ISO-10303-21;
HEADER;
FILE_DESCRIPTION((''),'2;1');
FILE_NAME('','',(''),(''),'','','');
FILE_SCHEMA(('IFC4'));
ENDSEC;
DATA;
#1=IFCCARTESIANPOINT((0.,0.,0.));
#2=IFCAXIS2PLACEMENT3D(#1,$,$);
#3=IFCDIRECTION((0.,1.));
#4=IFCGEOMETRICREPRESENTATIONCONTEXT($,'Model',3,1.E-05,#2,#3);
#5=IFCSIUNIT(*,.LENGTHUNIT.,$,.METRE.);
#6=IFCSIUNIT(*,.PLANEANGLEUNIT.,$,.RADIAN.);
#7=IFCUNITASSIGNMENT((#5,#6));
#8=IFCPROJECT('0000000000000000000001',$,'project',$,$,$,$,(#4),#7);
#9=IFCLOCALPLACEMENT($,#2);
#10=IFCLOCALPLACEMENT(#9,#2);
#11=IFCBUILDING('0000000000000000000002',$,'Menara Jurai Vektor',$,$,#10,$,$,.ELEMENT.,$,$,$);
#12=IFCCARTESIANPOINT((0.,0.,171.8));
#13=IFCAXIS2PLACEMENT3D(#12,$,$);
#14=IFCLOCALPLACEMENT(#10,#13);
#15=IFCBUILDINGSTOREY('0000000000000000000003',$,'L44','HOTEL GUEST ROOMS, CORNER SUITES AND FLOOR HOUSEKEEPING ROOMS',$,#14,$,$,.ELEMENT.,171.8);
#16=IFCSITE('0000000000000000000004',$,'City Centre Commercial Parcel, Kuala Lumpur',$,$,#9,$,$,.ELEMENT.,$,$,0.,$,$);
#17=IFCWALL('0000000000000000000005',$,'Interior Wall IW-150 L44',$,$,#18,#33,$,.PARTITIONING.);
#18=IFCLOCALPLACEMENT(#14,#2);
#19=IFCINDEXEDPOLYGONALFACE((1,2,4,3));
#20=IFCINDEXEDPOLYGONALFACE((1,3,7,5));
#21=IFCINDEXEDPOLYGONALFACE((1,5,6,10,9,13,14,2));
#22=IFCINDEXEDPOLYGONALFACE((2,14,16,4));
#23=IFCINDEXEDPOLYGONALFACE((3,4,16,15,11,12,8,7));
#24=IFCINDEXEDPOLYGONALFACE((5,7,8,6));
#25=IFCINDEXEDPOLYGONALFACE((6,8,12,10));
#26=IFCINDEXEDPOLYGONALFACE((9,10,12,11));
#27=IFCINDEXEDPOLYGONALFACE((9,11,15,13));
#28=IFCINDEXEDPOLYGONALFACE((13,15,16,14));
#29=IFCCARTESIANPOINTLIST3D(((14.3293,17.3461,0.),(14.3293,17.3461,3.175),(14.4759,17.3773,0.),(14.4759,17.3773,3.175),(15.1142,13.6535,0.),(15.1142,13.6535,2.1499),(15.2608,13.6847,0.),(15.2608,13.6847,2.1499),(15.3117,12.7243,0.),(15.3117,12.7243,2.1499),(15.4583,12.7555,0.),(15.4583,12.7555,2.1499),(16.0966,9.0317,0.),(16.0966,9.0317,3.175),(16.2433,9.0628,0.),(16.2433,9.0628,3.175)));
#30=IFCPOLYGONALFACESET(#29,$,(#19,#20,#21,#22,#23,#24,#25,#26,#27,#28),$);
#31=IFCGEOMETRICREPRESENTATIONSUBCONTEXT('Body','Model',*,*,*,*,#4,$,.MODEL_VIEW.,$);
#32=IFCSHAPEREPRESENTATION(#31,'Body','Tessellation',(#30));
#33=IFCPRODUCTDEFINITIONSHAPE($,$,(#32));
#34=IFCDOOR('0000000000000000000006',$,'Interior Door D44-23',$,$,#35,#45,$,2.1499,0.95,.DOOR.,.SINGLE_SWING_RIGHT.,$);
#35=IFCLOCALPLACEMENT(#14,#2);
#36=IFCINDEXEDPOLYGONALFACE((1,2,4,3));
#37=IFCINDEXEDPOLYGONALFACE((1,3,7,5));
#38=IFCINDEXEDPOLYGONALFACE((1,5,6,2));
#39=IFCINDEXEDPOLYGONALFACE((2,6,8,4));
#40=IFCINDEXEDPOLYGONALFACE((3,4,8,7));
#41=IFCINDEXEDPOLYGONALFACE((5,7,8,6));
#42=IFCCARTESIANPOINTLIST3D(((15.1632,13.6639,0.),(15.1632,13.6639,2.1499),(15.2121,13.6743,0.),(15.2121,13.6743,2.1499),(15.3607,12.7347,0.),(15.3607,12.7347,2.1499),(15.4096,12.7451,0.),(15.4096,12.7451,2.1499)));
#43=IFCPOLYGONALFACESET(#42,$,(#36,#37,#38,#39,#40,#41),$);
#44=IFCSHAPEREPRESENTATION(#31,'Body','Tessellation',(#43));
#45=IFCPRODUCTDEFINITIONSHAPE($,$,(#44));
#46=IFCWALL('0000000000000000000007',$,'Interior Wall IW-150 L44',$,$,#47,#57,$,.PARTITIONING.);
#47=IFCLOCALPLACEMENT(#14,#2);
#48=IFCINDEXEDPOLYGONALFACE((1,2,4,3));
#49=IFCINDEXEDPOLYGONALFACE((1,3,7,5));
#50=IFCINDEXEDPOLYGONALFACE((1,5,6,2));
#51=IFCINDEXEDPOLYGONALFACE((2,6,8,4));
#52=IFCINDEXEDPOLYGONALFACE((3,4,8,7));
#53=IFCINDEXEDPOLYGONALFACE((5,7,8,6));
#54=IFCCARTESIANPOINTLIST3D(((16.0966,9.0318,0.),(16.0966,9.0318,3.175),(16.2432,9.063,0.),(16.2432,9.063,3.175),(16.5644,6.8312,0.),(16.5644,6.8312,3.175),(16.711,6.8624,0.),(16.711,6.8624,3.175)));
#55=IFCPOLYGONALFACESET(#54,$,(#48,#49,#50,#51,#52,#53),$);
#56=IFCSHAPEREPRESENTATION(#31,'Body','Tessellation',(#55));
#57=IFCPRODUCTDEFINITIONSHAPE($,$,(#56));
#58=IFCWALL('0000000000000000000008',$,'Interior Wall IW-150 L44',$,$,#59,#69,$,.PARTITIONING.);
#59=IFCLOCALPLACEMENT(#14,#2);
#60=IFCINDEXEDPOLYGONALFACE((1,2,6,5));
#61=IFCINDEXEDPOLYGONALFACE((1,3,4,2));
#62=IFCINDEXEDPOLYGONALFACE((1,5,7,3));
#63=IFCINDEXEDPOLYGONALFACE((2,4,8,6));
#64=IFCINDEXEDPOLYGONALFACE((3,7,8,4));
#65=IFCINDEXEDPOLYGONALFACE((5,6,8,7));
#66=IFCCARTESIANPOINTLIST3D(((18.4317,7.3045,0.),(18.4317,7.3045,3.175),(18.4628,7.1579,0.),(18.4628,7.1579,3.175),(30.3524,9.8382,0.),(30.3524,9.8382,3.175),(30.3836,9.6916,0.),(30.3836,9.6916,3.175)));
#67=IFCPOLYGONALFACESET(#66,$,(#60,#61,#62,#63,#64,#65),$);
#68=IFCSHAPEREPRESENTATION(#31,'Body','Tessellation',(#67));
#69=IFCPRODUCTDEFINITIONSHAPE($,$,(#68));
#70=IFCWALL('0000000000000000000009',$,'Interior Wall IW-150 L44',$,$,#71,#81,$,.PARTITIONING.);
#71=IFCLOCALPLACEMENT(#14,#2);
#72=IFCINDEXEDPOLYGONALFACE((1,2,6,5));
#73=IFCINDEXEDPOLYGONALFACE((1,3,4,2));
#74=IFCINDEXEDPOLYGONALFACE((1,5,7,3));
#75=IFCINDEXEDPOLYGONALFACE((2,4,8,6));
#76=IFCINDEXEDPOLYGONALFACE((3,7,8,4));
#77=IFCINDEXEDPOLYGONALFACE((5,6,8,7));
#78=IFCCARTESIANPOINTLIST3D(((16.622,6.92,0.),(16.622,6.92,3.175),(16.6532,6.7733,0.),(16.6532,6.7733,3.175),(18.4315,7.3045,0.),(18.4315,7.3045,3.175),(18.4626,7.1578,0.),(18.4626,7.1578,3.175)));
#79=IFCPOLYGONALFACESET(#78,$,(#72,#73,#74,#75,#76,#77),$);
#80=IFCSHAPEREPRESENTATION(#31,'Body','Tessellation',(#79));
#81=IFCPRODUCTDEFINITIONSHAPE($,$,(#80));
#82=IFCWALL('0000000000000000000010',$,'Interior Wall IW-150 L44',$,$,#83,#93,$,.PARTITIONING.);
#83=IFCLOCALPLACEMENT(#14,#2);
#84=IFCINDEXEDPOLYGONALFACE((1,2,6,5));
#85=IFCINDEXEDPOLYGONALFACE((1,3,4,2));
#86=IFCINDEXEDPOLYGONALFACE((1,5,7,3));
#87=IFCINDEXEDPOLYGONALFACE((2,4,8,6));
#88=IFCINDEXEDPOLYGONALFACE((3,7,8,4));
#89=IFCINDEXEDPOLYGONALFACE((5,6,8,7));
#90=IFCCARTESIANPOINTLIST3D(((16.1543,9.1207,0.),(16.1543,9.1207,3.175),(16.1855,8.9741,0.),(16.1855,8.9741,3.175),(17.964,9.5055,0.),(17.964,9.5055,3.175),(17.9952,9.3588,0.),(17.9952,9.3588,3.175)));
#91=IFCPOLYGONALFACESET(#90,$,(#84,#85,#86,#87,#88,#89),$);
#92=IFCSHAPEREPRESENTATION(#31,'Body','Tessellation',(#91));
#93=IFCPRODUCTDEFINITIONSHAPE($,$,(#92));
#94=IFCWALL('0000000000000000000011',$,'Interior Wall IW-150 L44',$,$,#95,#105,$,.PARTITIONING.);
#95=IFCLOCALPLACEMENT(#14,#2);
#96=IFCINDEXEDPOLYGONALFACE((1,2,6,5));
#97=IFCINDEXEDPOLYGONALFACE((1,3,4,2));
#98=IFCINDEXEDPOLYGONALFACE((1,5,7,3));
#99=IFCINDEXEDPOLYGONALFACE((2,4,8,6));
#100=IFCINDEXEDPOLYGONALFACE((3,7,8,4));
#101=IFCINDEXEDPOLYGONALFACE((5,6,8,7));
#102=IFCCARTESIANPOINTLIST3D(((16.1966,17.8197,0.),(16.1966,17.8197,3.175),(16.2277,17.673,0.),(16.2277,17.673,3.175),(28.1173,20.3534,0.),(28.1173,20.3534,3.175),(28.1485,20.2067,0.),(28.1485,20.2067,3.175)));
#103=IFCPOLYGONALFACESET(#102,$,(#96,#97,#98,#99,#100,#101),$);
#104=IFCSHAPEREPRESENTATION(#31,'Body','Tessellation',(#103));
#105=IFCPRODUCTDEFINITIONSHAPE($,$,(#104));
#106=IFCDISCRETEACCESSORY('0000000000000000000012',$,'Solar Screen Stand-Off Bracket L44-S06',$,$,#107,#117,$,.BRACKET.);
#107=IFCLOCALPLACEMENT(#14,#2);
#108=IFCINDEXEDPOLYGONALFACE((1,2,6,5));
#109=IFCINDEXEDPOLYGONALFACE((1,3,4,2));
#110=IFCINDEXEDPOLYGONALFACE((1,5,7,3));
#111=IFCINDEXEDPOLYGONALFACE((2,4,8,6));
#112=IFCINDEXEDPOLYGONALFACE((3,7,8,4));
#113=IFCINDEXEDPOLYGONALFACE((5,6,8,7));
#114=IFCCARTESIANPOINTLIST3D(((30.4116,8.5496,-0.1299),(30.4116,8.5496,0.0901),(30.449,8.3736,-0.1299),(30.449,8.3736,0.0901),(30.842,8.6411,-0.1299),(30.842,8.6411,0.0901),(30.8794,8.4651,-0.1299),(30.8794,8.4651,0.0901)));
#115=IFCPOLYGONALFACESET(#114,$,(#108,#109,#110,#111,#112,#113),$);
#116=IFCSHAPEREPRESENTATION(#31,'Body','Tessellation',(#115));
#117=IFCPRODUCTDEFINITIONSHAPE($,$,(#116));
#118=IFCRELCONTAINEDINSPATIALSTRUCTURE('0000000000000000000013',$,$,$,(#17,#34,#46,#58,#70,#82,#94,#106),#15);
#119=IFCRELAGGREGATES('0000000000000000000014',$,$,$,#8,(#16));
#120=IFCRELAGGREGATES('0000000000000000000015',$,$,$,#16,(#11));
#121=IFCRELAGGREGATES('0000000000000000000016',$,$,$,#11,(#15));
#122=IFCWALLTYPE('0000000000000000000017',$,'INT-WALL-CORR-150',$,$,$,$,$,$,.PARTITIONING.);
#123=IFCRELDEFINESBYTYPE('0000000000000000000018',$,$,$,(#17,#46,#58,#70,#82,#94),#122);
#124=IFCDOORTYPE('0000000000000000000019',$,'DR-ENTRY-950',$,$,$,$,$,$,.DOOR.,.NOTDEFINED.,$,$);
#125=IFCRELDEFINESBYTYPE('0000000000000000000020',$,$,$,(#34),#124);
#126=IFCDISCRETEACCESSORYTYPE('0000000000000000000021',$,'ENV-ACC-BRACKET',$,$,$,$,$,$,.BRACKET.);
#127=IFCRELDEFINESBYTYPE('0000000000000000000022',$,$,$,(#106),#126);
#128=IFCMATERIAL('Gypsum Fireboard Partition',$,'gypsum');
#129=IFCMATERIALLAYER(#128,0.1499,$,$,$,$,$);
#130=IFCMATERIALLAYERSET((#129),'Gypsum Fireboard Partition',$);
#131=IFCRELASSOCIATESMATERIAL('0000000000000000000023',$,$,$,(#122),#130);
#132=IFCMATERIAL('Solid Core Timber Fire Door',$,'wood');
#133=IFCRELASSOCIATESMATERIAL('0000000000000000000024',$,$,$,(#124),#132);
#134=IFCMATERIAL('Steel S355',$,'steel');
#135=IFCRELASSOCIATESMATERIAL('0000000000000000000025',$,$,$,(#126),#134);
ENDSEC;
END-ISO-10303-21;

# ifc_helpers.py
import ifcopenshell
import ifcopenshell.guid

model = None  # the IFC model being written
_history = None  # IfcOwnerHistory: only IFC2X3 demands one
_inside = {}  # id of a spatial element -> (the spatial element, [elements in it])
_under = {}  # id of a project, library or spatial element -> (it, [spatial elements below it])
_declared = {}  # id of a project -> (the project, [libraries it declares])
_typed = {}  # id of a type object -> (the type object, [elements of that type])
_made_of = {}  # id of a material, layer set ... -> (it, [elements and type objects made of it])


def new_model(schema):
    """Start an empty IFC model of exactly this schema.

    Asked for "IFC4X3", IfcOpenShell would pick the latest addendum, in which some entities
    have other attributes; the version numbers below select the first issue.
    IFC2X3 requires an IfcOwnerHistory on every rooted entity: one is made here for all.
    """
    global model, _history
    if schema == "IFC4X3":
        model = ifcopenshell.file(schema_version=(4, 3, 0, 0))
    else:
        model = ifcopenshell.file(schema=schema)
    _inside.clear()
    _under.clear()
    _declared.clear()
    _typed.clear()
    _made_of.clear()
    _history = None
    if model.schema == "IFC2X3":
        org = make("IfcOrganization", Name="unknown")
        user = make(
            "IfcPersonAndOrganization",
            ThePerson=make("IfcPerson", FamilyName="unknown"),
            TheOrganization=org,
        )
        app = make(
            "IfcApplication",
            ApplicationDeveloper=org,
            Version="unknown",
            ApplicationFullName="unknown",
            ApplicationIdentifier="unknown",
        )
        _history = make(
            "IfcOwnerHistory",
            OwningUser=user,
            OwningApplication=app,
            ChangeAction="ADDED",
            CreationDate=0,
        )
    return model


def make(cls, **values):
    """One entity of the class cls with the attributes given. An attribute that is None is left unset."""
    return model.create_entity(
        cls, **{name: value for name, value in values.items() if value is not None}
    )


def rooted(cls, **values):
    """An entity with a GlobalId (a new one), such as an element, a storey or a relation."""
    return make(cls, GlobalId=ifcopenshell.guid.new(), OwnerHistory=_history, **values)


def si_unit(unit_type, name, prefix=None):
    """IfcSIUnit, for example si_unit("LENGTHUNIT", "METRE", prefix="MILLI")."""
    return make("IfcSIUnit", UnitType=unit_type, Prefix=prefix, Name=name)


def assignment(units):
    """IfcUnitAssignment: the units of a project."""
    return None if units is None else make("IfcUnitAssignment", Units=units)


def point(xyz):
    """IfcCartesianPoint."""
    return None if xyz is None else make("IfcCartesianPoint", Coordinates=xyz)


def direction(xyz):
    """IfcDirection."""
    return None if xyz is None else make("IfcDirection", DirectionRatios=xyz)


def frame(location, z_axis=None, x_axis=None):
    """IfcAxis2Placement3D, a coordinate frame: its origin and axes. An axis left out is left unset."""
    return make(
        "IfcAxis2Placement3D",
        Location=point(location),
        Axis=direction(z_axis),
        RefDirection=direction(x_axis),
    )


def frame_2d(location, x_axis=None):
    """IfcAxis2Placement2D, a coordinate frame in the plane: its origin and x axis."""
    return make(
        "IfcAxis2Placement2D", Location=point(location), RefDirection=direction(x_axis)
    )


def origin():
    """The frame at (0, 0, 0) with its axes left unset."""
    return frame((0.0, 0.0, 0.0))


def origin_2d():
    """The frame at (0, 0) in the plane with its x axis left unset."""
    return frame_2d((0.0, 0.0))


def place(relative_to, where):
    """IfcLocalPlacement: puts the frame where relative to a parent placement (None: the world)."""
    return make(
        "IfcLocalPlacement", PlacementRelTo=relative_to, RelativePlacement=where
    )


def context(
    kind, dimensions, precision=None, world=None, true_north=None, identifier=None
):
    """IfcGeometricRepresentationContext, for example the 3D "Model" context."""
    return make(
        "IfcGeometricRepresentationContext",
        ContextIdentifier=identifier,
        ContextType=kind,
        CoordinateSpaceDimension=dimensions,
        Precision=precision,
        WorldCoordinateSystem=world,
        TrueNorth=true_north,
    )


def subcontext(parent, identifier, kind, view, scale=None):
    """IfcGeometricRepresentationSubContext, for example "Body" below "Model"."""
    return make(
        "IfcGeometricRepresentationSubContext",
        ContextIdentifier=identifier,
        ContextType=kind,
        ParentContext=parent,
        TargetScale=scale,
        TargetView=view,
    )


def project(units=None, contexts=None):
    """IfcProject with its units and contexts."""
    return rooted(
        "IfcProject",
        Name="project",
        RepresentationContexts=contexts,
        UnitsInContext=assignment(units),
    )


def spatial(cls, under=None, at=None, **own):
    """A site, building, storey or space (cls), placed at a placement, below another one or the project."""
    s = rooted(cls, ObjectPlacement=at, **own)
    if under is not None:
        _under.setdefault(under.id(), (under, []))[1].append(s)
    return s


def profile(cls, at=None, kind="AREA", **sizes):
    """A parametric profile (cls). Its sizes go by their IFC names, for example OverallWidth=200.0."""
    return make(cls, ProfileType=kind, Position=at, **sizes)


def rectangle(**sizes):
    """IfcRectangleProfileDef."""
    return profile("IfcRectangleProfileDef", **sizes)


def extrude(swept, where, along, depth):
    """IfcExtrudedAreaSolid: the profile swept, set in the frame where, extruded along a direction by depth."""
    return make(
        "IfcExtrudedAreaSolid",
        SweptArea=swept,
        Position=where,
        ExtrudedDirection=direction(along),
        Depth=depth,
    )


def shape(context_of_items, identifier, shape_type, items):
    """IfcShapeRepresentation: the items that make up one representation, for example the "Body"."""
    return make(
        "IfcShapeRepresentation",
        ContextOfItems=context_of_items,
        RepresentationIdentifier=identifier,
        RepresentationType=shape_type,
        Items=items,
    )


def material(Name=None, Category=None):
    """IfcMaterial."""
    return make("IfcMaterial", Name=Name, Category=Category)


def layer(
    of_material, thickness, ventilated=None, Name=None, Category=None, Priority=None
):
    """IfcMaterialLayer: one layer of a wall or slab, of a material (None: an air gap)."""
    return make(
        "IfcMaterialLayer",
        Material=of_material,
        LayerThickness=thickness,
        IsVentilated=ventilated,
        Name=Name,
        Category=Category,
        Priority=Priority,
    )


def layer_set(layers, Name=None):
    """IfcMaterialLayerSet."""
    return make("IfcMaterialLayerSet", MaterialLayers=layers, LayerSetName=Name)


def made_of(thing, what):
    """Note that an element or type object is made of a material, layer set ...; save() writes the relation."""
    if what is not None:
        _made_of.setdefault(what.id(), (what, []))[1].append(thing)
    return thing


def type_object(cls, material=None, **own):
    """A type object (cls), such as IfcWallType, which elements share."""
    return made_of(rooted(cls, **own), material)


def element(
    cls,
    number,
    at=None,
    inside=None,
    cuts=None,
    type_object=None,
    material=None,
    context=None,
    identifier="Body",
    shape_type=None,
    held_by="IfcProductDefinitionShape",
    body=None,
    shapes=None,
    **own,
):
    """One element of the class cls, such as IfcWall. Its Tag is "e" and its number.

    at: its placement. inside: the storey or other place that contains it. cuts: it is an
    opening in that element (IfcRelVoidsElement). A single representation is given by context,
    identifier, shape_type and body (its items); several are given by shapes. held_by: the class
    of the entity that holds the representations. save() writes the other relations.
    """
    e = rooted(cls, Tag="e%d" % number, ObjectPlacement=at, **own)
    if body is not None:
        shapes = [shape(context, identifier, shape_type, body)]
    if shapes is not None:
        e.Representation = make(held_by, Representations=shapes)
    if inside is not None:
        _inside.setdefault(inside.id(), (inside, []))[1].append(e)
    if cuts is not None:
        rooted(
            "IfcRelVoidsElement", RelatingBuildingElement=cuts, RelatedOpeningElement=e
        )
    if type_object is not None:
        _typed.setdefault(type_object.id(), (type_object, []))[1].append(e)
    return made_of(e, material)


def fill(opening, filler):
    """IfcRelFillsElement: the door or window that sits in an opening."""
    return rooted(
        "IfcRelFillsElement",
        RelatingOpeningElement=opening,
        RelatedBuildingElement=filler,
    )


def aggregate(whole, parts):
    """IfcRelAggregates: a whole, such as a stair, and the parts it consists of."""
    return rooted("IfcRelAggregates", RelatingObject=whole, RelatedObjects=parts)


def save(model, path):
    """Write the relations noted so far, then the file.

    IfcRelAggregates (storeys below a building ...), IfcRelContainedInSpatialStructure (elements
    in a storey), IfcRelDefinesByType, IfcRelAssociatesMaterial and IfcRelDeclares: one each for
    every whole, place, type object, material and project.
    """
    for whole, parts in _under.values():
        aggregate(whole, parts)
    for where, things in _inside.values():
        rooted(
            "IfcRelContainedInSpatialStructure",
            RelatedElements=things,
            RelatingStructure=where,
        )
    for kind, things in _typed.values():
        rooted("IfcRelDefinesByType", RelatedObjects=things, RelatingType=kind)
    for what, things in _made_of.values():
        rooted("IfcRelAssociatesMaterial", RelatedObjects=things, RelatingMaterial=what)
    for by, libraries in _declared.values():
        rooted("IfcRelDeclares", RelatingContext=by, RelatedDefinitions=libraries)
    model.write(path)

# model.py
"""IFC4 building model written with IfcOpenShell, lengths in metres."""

from ifc_helpers import new_model, si_unit, direction, frame, frame_2d, origin, origin_2d, place, context, subcontext, project, spatial, rectangle, extrude, material, layer, layer_set, type_object, element, fill, save


model = new_model("IFC4")

# Units and contexts
model_context = context("Model", 3, precision=1e-05, world=origin(), true_north=direction((0.0, 1.0)))
body_context = subcontext(model_context, "Body", "Model", "MODEL_VIEW")
ifc_project = project(units=[si_unit("LENGTHUNIT", "METRE"), si_unit("PLANEANGLEUNIT", "RADIAN")], contexts=[model_context])

# Site, building, storey
site_placement = place(None, origin())
site = spatial("IfcSite", under=ifc_project, at=site_placement, Name="City Centre Commercial Parcel, Kuala Lumpur", CompositionType="ELEMENT", RefElevation=0.0)
building_placement = place(site_placement, origin())
building = spatial("IfcBuilding", under=site, at=building_placement, Name="Menara Jurai Vektor", CompositionType="ELEMENT")
storey_placement = place(building_placement, frame((0.0, 0.0, 171.8)))
storey = spatial("IfcBuildingStorey", under=building, at=storey_placement, Name="L44", Description="HOTEL GUEST ROOMS, CORNER SUITES AND FLOOR HOUSEKEEPING ROOMS", CompositionType="ELEMENT", Elevation=171.8)

# Shared definitions
ifc_material_1 = material(Name="Steel S355", Category="steel")

# Wall, opening, door
ifc_material_2 = material(Name="Gypsum Fireboard Partition", Category="gypsum")
ifc_layer_1 = layer(ifc_material_2, 0.1499)
ifc_layer_set_1 = layer_set([ifc_layer_1], Name="Gypsum Fireboard Partition")
wall_type = type_object("IfcWallType", Name="INT-WALL-CORR-150", PredefinedType="PARTITIONING", material=ifc_layer_set_1)
wall_1_placement = place(storey_placement, frame((16.1699, 9.0474, 0.0), z_axis=(0.0, 0.0, 1.0), x_axis=(-0.207916, 0.978147, 0.0)))
wall_1 = element("IfcWall", 1, at=wall_1_placement, inside=storey, type_object=wall_type, Name="Interior Wall IW-150 L44", PredefinedType="PARTITIONING", context=body_context, shape_type="SweptSolid", body=[
    extrude(rectangle(XDim=8.5002, YDim=0.1499, at=frame_2d((4.25, 0.0))), origin(), (0.0, 0.0, 1.0), 3.175),
])
opening_1_placement = place(wall_1_placement, frame((3.7749, 0.0, 0.0)))
opening_1 = element("IfcOpeningElement", 2, at=opening_1_placement, cuts=wall_1, PredefinedType="OPENING", context=body_context, shape_type="SweptSolid", body=[
    extrude(rectangle(XDim=0.95, YDim=2.1499, at=frame_2d((0.4751, 1.075))), frame((0.0, 0.085, 0.0), z_axis=(0.0, -1.0, 0.0), x_axis=(1.0, 0.0, 0.0)), (0.0, 0.0, 1.0), 0.1699),
])
ifc_material_3 = material(Name="Solid Core Timber Fire Door", Category="wood")
door_type_1 = type_object("IfcDoorType", Name="DR-ENTRY-950", OperationType="NOTDEFINED", PredefinedType="DOOR", material=ifc_material_3)
door_1_placement = place(opening_1_placement, origin())
door_1 = element("IfcDoor", 3, at=door_1_placement, inside=storey, type_object=door_type_1, Name="Interior Door D44-23", OperationType="SINGLE_SWING_RIGHT", OverallHeight=2.1499, OverallWidth=0.95, PredefinedType="DOOR", context=body_context, shape_type="SweptSolid", body=[
    extrude(rectangle(XDim=0.95, YDim=2.1499, at=frame_2d((0.4751, 1.075))), frame((0.0, 0.0249, 0.0), z_axis=(0.0, -1.0, 0.0), x_axis=(1.0, 0.0, 0.0)), (0.0, 0.0, 1.0), 0.05),
])
fill(opening_1, door_1)

# Walls
wall_2_placement = place(storey_placement, frame((16.6377, 6.8467, 0.0), z_axis=(0.0, 0.0, 1.0), x_axis=(-0.207913, 0.978147, 0.0)))
element("IfcWall", 4, at=wall_2_placement, inside=storey, type_object=wall_type, Name="Interior Wall IW-150 L44", PredefinedType="PARTITIONING", context=body_context, shape_type="SweptSolid", body=[
    extrude(rectangle(XDim=2.2498, YDim=0.1499, at=frame_2d((1.125, 0.0))), origin(), (0.0, 0.0, 1.0), 3.175),
])
wall_3_placement = place(storey_placement, frame((18.4473, 7.2312, 0.0), z_axis=(0.0, 0.0, 1.0), x_axis=(0.97815, 0.207902, 0.0)))
element("IfcWall", 5, at=wall_3_placement, inside=storey, type_object=wall_type, Name="Interior Wall IW-150 L44", PredefinedType="PARTITIONING", context=body_context, shape_type="SweptSolid", body=[
    extrude(rectangle(XDim=12.187, YDim=0.1499, at=frame_2d((6.0935, 0.0))), origin(), (0.0, 0.0, 1.0), 3.175),
])
wall_4_placement = place(storey_placement, frame((16.6377, 6.8467, 0.0), z_axis=(0.0, 0.0, 1.0), x_axis=(0.97816, 0.207852, 0.0)))
element("IfcWall", 6, at=wall_4_placement, inside=storey, type_object=wall_type, Name="Interior Wall IW-150 L44", PredefinedType="PARTITIONING", context=body_context, shape_type="SweptSolid", body=[
    extrude(rectangle(XDim=1.8499, YDim=0.1499, at=frame_2d((0.9248, 0.0))), origin(), (0.0, 0.0, 1.0), 3.175),
])
wall_5_placement = place(storey_placement, frame((16.1699, 9.0474, 0.0), z_axis=(0.0, 0.0, 1.0), x_axis=(0.978133, 0.207979, 0.0)))
element("IfcWall", 7, at=wall_5_placement, inside=storey, type_object=wall_type, Name="Interior Wall IW-150 L44", PredefinedType="PARTITIONING", context=body_context, shape_type="SweptSolid", body=[
    extrude(rectangle(XDim=1.8501, YDim=0.1499, at=frame_2d((0.925, 0.0))), origin(), (0.0, 0.0, 1.0), 3.175),
])

# Wall
wall_6_placement = place(storey_placement, frame((16.2122, 17.7463, 0.0), z_axis=(0.0, 0.0, 1.0), x_axis=(0.97815, 0.207902, 0.0)))
element("IfcWall", 8, at=wall_6_placement, inside=storey, type_object=wall_type, Name="Interior Wall IW-150 L44", PredefinedType="PARTITIONING", context=body_context, shape_type="SweptSolid", body=[
    extrude(rectangle(XDim=12.187, YDim=0.1499, at=frame_2d((6.0935, 0.0))), origin(), (0.0, 0.0, 1.0), 3.175),
])

# Discrete accessory
discrete_accessory_type = type_object("IfcDiscreteAccessoryType", Name="ENV-ACC-BRACKET", PredefinedType="BRACKET", material=ifc_material_1)
discrete_accessory_placement = place(storey_placement, frame((30.6455, 8.5073, -0.1299), z_axis=(0.0, 0.0, 1.0), x_axis=(-0.207912, 0.978148, 0.0)))
element("IfcDiscreteAccessory", 9, at=discrete_accessory_placement, inside=storey, type_object=discrete_accessory_type, Name="Solar Screen Stand-Off Bracket L44-S06", PredefinedType="BRACKET", context=body_context, shape_type="SweptSolid", body=[
    extrude(rectangle(XDim=0.1799, YDim=0.4399, at=origin_2d()), origin(), (0.0, 0.0, 1.0), 0.22),
])

save(model, "model.ifc")
